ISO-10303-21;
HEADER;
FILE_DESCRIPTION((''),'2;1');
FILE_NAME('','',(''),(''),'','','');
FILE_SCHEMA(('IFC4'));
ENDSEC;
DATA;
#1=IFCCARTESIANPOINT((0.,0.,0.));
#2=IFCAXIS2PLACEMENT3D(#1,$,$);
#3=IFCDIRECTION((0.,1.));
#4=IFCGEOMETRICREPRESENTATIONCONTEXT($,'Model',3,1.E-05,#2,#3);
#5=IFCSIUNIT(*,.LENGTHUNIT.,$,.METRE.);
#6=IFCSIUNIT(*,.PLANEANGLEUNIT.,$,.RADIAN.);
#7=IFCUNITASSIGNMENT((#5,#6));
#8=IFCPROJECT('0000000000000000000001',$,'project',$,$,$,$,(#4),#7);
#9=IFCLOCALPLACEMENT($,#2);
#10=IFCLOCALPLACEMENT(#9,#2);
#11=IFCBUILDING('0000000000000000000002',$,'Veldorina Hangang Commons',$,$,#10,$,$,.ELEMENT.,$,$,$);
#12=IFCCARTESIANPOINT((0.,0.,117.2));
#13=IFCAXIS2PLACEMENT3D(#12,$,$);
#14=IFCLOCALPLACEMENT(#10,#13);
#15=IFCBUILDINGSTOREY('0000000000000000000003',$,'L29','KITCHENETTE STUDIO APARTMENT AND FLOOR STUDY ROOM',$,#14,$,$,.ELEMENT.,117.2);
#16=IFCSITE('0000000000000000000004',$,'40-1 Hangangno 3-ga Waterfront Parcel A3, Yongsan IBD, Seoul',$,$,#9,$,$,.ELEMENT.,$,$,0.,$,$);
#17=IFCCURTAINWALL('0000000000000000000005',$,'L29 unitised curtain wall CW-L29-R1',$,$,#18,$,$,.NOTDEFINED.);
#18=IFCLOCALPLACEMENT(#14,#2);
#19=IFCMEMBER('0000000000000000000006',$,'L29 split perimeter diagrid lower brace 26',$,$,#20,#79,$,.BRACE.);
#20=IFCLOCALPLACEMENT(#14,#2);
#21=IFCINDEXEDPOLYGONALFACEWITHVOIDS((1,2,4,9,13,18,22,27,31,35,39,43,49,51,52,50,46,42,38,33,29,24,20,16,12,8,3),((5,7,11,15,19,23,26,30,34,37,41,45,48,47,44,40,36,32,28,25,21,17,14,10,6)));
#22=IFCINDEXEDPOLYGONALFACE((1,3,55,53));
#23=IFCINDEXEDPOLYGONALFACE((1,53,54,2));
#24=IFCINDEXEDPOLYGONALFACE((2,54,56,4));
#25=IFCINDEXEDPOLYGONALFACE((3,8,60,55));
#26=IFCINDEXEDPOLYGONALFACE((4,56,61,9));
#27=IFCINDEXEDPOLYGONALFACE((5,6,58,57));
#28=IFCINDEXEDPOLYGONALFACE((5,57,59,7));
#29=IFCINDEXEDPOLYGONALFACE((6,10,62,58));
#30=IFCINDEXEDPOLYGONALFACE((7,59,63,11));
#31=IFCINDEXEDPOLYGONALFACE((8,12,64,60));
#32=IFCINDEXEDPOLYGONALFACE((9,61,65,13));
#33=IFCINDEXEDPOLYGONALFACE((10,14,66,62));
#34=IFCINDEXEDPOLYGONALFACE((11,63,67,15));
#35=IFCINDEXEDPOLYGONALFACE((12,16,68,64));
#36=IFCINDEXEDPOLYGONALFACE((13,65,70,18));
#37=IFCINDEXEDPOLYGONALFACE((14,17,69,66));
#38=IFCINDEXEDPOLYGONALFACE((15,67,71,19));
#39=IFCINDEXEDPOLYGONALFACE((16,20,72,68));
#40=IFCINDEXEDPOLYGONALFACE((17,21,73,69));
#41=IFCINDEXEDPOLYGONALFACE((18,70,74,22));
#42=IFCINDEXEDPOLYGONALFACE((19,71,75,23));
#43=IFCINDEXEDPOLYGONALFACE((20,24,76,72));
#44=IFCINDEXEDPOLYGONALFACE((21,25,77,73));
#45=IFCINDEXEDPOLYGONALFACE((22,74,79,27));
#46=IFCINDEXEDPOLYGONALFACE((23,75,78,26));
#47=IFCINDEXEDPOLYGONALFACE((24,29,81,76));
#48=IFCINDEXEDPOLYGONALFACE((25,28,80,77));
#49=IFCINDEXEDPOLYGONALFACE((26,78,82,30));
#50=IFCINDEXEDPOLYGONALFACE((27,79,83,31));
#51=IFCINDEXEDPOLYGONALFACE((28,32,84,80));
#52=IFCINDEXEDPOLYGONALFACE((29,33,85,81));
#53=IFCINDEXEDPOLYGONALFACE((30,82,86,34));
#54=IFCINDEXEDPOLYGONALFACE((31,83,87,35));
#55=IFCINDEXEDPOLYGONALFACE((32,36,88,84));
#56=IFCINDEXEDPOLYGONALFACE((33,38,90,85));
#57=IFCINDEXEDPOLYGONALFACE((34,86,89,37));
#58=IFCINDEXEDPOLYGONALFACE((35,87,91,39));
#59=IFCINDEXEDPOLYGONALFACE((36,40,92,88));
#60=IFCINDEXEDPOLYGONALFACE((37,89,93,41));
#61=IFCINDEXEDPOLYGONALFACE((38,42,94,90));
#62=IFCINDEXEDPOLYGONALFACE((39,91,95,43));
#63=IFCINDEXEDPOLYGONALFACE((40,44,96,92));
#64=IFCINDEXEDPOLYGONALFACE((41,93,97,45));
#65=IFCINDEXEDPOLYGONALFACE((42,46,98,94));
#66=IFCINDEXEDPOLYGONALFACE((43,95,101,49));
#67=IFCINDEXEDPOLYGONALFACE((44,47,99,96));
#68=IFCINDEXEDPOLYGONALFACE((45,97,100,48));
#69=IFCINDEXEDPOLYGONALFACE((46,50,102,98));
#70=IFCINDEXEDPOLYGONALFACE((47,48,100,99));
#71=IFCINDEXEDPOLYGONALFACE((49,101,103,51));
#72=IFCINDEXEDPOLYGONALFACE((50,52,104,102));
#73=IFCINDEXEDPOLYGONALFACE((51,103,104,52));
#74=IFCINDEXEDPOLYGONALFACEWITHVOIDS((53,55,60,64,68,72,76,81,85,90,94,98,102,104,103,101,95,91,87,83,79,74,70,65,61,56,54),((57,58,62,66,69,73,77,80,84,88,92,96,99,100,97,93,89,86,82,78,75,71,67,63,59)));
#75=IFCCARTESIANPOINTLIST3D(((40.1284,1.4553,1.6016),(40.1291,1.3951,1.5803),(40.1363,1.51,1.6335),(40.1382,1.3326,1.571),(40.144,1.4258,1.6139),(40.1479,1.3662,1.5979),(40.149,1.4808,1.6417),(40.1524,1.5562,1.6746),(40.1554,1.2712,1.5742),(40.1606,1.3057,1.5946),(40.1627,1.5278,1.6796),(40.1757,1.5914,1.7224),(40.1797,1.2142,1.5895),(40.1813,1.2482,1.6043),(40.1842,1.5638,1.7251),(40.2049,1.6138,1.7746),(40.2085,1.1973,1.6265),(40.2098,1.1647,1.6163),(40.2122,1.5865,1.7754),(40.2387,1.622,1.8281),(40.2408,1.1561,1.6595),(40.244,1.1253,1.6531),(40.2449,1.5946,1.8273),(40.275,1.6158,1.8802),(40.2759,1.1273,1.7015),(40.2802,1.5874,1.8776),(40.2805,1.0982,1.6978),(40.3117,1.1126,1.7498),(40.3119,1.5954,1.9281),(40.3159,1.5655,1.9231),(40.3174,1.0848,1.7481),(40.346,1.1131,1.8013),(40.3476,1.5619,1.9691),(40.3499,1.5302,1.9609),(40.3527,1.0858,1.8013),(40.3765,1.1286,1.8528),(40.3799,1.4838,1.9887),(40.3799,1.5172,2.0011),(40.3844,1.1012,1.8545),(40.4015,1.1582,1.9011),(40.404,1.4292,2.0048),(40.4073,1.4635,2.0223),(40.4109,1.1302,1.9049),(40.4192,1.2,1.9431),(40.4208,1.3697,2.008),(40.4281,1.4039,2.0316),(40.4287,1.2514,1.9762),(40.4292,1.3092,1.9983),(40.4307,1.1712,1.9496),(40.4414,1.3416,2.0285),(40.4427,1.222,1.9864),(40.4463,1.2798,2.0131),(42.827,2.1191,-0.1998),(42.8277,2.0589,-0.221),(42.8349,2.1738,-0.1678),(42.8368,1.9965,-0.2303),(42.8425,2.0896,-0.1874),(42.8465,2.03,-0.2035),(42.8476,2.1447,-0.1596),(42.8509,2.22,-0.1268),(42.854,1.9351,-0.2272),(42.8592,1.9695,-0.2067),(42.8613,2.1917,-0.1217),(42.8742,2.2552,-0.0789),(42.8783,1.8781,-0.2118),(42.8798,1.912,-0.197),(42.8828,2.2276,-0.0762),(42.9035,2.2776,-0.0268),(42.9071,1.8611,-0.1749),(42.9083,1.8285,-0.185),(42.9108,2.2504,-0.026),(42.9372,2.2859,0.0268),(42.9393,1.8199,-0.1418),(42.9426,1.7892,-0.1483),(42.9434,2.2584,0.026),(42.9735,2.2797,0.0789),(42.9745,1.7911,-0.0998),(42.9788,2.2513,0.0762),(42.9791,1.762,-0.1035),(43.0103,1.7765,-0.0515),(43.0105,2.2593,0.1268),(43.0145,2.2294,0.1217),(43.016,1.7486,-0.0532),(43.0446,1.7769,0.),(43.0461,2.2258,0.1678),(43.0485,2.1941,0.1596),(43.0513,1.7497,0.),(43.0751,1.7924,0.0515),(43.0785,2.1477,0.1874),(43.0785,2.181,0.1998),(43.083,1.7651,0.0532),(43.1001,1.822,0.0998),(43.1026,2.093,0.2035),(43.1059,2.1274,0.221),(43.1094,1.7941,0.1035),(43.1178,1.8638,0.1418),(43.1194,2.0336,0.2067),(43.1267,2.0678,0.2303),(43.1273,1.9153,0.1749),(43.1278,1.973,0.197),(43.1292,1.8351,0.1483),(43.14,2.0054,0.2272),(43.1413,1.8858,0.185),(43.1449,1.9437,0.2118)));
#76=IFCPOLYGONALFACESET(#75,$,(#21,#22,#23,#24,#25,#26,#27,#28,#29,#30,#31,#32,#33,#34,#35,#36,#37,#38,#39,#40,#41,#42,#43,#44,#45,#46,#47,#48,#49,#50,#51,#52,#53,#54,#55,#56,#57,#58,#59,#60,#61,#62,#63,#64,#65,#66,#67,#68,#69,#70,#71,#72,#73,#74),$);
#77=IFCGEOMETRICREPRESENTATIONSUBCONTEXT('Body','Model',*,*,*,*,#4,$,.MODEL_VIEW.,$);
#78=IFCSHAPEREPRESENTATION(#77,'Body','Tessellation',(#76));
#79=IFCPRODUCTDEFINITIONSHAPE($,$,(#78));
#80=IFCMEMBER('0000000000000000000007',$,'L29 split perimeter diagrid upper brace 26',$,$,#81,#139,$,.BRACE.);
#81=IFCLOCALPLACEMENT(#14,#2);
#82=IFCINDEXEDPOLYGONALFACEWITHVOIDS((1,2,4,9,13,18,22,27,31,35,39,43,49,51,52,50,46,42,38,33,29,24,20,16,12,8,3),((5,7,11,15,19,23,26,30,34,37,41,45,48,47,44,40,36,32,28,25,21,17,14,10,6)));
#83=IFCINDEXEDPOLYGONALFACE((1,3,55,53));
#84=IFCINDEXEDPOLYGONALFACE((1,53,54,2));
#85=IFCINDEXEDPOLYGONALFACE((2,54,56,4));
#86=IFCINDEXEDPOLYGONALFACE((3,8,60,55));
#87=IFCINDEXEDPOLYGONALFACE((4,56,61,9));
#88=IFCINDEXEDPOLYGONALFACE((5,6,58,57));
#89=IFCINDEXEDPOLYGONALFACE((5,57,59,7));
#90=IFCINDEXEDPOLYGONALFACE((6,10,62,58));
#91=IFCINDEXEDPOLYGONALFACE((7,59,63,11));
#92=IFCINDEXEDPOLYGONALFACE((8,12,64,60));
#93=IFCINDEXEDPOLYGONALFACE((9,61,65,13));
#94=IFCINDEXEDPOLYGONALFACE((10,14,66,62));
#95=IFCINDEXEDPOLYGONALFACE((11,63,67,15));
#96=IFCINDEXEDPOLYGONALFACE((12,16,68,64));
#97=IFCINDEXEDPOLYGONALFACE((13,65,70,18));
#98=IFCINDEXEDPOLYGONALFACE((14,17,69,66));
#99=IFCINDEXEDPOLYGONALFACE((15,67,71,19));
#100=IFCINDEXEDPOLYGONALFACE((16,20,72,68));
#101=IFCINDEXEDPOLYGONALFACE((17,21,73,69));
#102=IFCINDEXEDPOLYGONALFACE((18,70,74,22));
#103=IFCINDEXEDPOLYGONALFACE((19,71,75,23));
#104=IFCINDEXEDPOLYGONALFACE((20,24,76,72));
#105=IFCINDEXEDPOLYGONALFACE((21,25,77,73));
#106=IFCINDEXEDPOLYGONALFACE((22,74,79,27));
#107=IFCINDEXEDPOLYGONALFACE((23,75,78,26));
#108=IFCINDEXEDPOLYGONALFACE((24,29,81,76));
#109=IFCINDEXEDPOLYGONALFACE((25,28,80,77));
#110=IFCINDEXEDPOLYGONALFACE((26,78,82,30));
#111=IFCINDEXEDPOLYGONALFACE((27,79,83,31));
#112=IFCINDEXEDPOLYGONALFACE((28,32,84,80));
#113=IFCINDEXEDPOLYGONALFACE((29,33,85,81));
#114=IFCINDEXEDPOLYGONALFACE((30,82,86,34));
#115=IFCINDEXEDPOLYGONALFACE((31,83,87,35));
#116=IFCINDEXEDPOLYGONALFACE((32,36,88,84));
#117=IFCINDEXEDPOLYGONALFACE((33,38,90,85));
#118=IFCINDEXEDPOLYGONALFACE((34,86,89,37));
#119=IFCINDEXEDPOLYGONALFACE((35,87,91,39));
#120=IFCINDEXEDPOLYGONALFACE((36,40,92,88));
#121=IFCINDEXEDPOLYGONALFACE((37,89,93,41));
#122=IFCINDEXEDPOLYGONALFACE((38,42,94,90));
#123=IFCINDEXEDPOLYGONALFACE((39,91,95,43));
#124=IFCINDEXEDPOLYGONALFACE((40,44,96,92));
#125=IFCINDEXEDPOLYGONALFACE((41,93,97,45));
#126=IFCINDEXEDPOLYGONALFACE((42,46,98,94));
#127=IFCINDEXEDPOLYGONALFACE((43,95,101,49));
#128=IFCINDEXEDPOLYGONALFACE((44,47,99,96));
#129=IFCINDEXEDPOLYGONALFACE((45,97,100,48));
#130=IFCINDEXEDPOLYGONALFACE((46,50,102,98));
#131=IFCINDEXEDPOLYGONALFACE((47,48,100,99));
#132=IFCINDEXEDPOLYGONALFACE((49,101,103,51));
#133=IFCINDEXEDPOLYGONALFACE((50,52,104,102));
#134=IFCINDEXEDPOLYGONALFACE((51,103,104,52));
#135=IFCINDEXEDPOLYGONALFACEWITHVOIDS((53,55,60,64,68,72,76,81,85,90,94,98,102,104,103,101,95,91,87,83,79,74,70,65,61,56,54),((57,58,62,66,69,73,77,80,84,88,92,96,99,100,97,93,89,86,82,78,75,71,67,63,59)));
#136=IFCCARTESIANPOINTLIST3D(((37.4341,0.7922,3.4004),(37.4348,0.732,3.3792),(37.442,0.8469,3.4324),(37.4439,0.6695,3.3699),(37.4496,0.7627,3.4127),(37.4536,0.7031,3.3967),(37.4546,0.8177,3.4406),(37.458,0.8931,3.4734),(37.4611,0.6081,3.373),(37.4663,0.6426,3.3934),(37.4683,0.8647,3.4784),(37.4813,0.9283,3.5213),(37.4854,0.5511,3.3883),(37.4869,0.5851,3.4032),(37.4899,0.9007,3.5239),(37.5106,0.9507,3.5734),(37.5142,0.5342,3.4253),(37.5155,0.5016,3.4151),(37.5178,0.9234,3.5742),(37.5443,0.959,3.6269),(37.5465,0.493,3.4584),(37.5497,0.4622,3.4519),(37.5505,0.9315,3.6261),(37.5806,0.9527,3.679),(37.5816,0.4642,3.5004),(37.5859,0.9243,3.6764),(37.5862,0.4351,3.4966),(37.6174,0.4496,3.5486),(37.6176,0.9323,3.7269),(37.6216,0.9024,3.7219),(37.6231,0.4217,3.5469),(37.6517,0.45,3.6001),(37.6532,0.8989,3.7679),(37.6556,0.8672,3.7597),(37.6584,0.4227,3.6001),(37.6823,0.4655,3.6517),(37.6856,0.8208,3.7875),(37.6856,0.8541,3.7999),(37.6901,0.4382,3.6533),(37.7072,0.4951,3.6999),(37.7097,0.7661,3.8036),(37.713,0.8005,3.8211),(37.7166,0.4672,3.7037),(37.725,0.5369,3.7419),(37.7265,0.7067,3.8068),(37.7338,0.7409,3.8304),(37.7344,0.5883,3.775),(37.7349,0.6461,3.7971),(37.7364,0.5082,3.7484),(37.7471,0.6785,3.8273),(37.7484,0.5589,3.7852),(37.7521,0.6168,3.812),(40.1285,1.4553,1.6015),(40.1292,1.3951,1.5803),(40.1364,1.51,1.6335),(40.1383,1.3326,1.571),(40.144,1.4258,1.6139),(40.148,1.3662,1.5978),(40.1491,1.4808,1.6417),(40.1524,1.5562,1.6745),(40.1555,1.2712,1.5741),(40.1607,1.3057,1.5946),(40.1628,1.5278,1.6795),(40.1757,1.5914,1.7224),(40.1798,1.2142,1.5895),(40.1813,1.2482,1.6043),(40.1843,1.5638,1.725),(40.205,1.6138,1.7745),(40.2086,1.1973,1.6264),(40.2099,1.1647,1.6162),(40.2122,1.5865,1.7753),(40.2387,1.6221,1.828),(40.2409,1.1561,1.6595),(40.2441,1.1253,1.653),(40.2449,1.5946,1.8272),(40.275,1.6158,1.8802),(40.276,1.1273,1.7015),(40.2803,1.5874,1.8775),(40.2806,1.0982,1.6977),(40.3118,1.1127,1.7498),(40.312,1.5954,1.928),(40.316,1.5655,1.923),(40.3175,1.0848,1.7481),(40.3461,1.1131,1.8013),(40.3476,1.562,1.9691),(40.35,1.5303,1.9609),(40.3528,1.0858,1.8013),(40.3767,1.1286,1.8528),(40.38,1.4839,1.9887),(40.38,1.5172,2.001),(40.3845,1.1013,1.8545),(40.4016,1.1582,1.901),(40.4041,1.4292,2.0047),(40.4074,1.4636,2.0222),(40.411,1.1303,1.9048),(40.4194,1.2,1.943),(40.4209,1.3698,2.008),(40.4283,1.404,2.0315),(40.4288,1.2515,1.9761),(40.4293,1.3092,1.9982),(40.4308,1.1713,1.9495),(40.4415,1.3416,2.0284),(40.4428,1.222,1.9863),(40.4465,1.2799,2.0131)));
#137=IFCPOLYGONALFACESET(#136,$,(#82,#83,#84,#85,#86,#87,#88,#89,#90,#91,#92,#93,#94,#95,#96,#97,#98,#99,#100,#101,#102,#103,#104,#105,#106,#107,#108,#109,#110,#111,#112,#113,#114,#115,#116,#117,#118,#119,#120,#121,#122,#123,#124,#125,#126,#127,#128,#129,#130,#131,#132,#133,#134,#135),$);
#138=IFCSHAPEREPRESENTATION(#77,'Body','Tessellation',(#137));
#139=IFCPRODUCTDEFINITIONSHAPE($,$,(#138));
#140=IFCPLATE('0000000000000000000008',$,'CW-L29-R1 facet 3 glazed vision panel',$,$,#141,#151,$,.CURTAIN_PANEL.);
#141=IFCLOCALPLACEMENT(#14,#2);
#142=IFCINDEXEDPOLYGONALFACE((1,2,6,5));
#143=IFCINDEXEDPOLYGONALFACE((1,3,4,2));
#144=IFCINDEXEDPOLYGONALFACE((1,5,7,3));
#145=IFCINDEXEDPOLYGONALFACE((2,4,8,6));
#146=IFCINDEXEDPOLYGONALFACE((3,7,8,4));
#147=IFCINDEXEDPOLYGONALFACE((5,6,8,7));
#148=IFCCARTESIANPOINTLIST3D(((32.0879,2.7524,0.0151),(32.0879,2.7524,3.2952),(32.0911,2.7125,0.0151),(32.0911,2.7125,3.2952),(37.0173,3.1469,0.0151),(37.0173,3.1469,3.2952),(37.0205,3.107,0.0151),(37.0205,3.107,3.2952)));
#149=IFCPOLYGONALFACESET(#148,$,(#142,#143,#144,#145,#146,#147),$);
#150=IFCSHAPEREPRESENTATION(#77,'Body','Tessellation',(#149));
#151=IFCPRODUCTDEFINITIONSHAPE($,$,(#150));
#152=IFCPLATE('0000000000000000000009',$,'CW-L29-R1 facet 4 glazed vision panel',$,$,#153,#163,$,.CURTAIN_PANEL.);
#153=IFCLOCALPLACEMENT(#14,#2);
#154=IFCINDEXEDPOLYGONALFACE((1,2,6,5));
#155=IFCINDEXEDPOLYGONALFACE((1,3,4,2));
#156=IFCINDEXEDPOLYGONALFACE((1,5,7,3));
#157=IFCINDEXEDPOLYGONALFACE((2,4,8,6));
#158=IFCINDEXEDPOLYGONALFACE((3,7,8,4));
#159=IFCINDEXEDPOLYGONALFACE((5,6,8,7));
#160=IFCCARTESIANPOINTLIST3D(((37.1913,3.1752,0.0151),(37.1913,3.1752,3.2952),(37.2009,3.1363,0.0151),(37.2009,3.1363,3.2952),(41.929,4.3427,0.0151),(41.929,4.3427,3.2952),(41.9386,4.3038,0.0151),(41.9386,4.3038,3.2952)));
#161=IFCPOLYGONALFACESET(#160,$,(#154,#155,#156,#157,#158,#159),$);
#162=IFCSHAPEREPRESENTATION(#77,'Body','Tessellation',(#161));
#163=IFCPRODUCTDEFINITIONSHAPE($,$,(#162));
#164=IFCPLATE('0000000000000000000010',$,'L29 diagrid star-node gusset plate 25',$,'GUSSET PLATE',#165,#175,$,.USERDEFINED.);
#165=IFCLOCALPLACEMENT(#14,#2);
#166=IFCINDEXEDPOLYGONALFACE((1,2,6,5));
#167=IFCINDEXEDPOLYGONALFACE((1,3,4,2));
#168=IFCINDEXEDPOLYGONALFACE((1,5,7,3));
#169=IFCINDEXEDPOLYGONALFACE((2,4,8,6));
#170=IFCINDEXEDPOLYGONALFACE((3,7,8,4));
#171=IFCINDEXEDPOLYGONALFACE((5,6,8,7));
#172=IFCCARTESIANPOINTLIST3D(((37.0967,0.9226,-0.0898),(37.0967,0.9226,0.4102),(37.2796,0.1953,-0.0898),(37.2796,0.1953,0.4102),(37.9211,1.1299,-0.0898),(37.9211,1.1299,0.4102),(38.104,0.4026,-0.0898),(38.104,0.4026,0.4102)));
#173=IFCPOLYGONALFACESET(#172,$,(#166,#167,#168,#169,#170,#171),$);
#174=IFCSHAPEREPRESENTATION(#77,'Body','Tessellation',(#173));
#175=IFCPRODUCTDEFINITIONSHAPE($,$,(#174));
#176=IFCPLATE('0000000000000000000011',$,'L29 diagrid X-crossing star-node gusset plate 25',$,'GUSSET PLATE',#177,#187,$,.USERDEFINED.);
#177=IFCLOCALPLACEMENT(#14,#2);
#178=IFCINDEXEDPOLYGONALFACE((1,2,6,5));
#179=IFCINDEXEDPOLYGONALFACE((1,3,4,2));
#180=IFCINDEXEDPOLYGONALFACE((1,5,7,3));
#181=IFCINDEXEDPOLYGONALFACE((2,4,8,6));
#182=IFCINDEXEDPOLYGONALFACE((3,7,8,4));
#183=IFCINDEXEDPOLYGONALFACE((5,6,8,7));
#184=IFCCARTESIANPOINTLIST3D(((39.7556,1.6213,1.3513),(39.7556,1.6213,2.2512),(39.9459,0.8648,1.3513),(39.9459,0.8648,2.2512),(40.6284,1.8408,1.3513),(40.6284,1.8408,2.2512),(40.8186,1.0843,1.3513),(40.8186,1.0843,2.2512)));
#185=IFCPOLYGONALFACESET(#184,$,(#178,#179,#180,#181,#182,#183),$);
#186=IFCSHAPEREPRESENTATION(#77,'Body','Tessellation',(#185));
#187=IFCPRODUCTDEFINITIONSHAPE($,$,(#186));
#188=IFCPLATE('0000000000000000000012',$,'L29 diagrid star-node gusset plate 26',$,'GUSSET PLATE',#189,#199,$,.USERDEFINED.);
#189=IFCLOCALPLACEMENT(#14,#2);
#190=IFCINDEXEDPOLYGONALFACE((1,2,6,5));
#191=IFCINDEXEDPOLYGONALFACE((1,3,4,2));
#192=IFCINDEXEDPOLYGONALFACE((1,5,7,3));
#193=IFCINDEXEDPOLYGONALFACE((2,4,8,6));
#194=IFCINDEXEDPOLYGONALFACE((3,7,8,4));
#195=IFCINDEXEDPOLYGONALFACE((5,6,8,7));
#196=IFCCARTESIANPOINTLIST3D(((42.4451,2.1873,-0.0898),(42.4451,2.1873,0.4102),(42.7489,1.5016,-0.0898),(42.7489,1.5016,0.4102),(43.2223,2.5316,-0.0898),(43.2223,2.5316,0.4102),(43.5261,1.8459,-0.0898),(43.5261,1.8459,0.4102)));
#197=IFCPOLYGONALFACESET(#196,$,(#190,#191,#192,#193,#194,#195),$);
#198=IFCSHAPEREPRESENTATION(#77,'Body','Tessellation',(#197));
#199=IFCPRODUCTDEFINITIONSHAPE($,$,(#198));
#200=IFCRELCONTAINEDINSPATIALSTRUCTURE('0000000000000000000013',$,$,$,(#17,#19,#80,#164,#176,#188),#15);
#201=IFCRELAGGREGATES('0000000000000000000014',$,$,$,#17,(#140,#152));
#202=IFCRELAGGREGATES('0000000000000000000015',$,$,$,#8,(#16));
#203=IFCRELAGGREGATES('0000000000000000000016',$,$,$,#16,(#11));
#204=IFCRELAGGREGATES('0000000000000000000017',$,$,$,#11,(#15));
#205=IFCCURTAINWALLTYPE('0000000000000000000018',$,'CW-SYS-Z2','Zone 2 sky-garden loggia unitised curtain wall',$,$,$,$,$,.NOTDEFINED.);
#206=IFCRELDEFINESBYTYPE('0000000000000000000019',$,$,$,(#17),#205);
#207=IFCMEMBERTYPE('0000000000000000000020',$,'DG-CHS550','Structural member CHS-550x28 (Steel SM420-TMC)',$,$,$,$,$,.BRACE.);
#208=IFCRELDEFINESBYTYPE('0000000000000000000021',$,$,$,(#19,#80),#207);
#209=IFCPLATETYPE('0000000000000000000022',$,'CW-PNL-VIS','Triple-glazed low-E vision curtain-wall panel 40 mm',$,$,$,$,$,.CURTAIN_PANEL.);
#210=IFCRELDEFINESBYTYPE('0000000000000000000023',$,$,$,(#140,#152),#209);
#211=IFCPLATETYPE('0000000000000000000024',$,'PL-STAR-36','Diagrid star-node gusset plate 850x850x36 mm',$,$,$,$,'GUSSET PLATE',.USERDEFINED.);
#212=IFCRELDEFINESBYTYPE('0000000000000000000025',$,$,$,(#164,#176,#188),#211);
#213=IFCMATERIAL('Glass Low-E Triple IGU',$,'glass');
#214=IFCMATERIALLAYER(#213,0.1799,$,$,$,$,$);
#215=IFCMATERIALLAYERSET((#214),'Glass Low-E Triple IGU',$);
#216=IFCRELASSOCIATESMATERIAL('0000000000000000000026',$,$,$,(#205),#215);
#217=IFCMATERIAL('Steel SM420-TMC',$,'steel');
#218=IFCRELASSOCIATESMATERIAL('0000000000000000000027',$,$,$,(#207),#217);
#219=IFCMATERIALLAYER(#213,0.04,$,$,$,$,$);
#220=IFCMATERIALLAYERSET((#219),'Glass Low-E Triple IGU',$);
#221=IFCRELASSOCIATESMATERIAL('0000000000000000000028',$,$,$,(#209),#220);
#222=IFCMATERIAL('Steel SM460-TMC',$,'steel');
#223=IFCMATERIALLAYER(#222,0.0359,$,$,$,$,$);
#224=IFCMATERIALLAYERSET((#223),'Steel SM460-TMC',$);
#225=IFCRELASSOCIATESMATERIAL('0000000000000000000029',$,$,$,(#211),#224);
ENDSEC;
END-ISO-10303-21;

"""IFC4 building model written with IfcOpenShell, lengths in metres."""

from ifc_helpers import new_model, si_unit, direction, frame, origin, origin_2d, place, context, subcontext, project, spatial, rectangle, hollow_circle, extrude, material, layer, layer_set, material_profile, profile_set, type_object, element, aggregate, save


model = new_model("IFC4")

# Units and contexts
model_context = context("Model", 3, precision=1e-05, world=origin(), true_north=direction((0.0, 1.0)))
body_context = subcontext(model_context, "Body", "Model", "MODEL_VIEW")
ifc_project = project(units=[si_unit("LENGTHUNIT", "METRE"), si_unit("PLANEANGLEUNIT", "RADIAN")], contexts=[model_context])

# Site, building, storey
site_placement = place(None, origin())
site = spatial("IfcSite", under=ifc_project, at=site_placement, Name="40-1 Hangangno 3-ga Waterfront Parcel A3, Yongsan IBD, Seoul", CompositionType="ELEMENT", RefElevation=0.0)
building_placement = place(site_placement, origin())
building = spatial("IfcBuilding", under=site, at=building_placement, Name="Veldorina Hangang Commons", CompositionType="ELEMENT")
storey_placement = place(building_placement, frame((0.0, 0.0, 117.2)))
storey = spatial("IfcBuildingStorey", under=building, at=storey_placement, Name="L29", Description="KITCHENETTE STUDIO APARTMENT AND FLOOR STUDY ROOM", CompositionType="ELEMENT", Elevation=117.2)

# Shared definitions
ifc_material_1 = material(Name="Steel SM420-TMC", Category="steel")

# Curtain wall
ifc_material_2 = material(Name="Glass Low-E Triple IGU", Category="glass")
ifc_layer_1 = layer(ifc_material_2, 0.1799)
ifc_layer_set_1 = layer_set([ifc_layer_1], Name="Glass Low-E Triple IGU")
curtain_wall_type = type_object("IfcCurtainWallType", Name="CW-SYS-Z2", Description="Zone 2 sky-garden loggia unitised curtain wall", PredefinedType="NOTDEFINED", material=ifc_layer_set_1)
curtain_wall_placement = place(storey_placement, origin())
curtain_wall = element("IfcCurtainWall", 1, at=curtain_wall_placement, inside=storey, type_object=curtain_wall_type, Name="L29 unitised curtain wall CW-L29-R1", PredefinedType="NOTDEFINED")

# Members
ifc_material_profile_1 = material_profile(ifc_material_1, hollow_circle(Radius=0.2749, WallThickness=0.0281, at=origin_2d()), Name="CHS-550x28")
ifc_profile_set_1 = profile_set([ifc_material_profile_1], Name="Steel SM420-TMC")
member_type_1 = type_object("IfcMemberType", Name="DG-CHS550", Description="Structural member CHS-550x28 (Steel SM420-TMC)", PredefinedType="BRACE", material=ifc_profile_set_1)
member_1_placement = place(storey_placement, frame((42.9856, 2.0166, 0.0), z_axis=(-0.814845, -0.200449, 0.543918), x_axis=(0.238875, -0.97105, 0.0)))
element("IfcMember", 2, at=member_1_placement, inside=storey, type_object=member_type_1, Name="L29 split perimeter diagrid lower brace 26", PredefinedType="BRACE", context=body_context, shape_type="SweptSolid", body=[
    extrude(hollow_circle(Radius=0.2749, WallThickness=0.0281, at=origin_2d()), origin(), (0.0, 0.0, 1.0), 3.3118),
])
member_2_placement = place(storey_placement, frame((40.2871, 1.3528, 1.8013), z_axis=(-0.814787, -0.200522, 0.543979), x_axis=(0.238973, -0.971026, 0.0)))
element("IfcMember", 3, at=member_2_placement, inside=storey, type_object=member_type_1, Name="L29 split perimeter diagrid upper brace 26", PredefinedType="BRACE", context=body_context, shape_type="SweptSolid", body=[
    extrude(hollow_circle(Radius=0.2749, WallThickness=0.0281, at=origin_2d()), origin(), (0.0, 0.0, 1.0), 3.3069),
])

# Plates
ifc_layer_2 = layer(ifc_material_2, 0.04)
ifc_layer_set_2 = layer_set([ifc_layer_2], Name="Glass Low-E Triple IGU")
plate_type_1 = type_object("IfcPlateType", Name="CW-PNL-VIS", Description="Triple-glazed low-E vision curtain-wall panel 40 mm", PredefinedType="CURTAIN_PANEL", material=ifc_layer_set_2)
plate_1_placement = place(storey_placement, frame((34.5542, 2.9297, 0.0151), z_axis=(0.0, 0.0, 1.0), x_axis=(0.996814, 0.079764, 0.0)))
plate_1 = element("IfcPlate", 4, at=plate_1_placement, type_object=plate_type_1, Name="CW-L29-R1 facet 3 glazed vision panel", PredefinedType="CURTAIN_PANEL", context=body_context, shape_type="SweptSolid", body=[
    extrude(rectangle(XDim=4.9451, YDim=0.04, at=origin_2d()), origin(), (0.0, 0.0, 1.0), 3.28),
])
plate_2_placement = place(storey_placement, frame((39.5649, 3.7395, 0.0151), z_axis=(0.0, 0.0, 1.0), x_axis=(0.970951, 0.239279, 0.0)))
plate_2 = element("IfcPlate", 5, at=plate_2_placement, type_object=plate_type_1, Name="CW-L29-R1 facet 4 glazed vision panel", PredefinedType="CURTAIN_PANEL", context=body_context, shape_type="SweptSolid", body=[
    extrude(rectangle(XDim=4.8794, YDim=0.04, at=origin_2d()), origin(), (0.0, 0.0, 1.0), 3.28),
])
aggregate(curtain_wall, [plate_1, plate_2])

# Plates
ifc_material_3 = material(Name="Steel SM460-TMC", Category="steel")
ifc_layer_3 = layer(ifc_material_3, 0.0359)
ifc_layer_set_3 = layer_set([ifc_layer_3], Name="Steel SM460-TMC")
plate_type_2 = type_object("IfcPlateType", Name="PL-STAR-36", Description="Diagrid star-node gusset plate 850x850x36 mm", ElementType="GUSSET PLATE", PredefinedType="USERDEFINED", material=ifc_layer_set_3)
plate_3_placement = place(storey_placement, frame((37.6003, 0.6626, -0.0898), z_axis=(0.0, 0.0, 1.0), x_axis=(0.969808, 0.243869, 0.0)))
element("IfcPlate", 6, at=plate_3_placement, inside=storey, type_object=plate_type_2, Name="L29 diagrid star-node gusset plate 25", ObjectType="GUSSET PLATE", PredefinedType="USERDEFINED", context=body_context, shape_type="SweptSolid", body=[
    extrude(rectangle(XDim=0.8501, YDim=0.75, at=origin_2d()), origin(), (0.0, 0.0, 1.0), 0.5),
])
plate_4_placement = place(storey_placement, frame((40.2871, 1.3528, 1.3513), z_axis=(0.0, 0.0, 1.0), x_axis=(0.969808, 0.243869, 0.0)))
element("IfcPlate", 7, at=plate_4_placement, inside=storey, type_object=plate_type_2, Name="L29 diagrid X-crossing star-node gusset plate 25", ObjectType="GUSSET PLATE", PredefinedType="USERDEFINED", context=body_context, shape_type="SweptSolid", body=[
    extrude(rectangle(XDim=0.8999, YDim=0.78, at=origin_2d()), origin(), (0.0, 0.0, 1.0), 0.8999),
])
plate_5_placement = place(storey_placement, frame((42.9856, 2.0166, -0.0898), z_axis=(0.0, 0.0, 1.0), x_axis=(0.914289, 0.405062, 0.0)))
element("IfcPlate", 8, at=plate_5_placement, inside=storey, type_object=plate_type_2, Name="L29 diagrid star-node gusset plate 26", ObjectType="GUSSET PLATE", PredefinedType="USERDEFINED", context=body_context, shape_type="SweptSolid", body=[
    extrude(rectangle(XDim=0.8501, YDim=0.75, at=origin_2d()), origin(), (0.0, 0.0, 1.0), 0.5),
])

save(model, "model.ifc")
